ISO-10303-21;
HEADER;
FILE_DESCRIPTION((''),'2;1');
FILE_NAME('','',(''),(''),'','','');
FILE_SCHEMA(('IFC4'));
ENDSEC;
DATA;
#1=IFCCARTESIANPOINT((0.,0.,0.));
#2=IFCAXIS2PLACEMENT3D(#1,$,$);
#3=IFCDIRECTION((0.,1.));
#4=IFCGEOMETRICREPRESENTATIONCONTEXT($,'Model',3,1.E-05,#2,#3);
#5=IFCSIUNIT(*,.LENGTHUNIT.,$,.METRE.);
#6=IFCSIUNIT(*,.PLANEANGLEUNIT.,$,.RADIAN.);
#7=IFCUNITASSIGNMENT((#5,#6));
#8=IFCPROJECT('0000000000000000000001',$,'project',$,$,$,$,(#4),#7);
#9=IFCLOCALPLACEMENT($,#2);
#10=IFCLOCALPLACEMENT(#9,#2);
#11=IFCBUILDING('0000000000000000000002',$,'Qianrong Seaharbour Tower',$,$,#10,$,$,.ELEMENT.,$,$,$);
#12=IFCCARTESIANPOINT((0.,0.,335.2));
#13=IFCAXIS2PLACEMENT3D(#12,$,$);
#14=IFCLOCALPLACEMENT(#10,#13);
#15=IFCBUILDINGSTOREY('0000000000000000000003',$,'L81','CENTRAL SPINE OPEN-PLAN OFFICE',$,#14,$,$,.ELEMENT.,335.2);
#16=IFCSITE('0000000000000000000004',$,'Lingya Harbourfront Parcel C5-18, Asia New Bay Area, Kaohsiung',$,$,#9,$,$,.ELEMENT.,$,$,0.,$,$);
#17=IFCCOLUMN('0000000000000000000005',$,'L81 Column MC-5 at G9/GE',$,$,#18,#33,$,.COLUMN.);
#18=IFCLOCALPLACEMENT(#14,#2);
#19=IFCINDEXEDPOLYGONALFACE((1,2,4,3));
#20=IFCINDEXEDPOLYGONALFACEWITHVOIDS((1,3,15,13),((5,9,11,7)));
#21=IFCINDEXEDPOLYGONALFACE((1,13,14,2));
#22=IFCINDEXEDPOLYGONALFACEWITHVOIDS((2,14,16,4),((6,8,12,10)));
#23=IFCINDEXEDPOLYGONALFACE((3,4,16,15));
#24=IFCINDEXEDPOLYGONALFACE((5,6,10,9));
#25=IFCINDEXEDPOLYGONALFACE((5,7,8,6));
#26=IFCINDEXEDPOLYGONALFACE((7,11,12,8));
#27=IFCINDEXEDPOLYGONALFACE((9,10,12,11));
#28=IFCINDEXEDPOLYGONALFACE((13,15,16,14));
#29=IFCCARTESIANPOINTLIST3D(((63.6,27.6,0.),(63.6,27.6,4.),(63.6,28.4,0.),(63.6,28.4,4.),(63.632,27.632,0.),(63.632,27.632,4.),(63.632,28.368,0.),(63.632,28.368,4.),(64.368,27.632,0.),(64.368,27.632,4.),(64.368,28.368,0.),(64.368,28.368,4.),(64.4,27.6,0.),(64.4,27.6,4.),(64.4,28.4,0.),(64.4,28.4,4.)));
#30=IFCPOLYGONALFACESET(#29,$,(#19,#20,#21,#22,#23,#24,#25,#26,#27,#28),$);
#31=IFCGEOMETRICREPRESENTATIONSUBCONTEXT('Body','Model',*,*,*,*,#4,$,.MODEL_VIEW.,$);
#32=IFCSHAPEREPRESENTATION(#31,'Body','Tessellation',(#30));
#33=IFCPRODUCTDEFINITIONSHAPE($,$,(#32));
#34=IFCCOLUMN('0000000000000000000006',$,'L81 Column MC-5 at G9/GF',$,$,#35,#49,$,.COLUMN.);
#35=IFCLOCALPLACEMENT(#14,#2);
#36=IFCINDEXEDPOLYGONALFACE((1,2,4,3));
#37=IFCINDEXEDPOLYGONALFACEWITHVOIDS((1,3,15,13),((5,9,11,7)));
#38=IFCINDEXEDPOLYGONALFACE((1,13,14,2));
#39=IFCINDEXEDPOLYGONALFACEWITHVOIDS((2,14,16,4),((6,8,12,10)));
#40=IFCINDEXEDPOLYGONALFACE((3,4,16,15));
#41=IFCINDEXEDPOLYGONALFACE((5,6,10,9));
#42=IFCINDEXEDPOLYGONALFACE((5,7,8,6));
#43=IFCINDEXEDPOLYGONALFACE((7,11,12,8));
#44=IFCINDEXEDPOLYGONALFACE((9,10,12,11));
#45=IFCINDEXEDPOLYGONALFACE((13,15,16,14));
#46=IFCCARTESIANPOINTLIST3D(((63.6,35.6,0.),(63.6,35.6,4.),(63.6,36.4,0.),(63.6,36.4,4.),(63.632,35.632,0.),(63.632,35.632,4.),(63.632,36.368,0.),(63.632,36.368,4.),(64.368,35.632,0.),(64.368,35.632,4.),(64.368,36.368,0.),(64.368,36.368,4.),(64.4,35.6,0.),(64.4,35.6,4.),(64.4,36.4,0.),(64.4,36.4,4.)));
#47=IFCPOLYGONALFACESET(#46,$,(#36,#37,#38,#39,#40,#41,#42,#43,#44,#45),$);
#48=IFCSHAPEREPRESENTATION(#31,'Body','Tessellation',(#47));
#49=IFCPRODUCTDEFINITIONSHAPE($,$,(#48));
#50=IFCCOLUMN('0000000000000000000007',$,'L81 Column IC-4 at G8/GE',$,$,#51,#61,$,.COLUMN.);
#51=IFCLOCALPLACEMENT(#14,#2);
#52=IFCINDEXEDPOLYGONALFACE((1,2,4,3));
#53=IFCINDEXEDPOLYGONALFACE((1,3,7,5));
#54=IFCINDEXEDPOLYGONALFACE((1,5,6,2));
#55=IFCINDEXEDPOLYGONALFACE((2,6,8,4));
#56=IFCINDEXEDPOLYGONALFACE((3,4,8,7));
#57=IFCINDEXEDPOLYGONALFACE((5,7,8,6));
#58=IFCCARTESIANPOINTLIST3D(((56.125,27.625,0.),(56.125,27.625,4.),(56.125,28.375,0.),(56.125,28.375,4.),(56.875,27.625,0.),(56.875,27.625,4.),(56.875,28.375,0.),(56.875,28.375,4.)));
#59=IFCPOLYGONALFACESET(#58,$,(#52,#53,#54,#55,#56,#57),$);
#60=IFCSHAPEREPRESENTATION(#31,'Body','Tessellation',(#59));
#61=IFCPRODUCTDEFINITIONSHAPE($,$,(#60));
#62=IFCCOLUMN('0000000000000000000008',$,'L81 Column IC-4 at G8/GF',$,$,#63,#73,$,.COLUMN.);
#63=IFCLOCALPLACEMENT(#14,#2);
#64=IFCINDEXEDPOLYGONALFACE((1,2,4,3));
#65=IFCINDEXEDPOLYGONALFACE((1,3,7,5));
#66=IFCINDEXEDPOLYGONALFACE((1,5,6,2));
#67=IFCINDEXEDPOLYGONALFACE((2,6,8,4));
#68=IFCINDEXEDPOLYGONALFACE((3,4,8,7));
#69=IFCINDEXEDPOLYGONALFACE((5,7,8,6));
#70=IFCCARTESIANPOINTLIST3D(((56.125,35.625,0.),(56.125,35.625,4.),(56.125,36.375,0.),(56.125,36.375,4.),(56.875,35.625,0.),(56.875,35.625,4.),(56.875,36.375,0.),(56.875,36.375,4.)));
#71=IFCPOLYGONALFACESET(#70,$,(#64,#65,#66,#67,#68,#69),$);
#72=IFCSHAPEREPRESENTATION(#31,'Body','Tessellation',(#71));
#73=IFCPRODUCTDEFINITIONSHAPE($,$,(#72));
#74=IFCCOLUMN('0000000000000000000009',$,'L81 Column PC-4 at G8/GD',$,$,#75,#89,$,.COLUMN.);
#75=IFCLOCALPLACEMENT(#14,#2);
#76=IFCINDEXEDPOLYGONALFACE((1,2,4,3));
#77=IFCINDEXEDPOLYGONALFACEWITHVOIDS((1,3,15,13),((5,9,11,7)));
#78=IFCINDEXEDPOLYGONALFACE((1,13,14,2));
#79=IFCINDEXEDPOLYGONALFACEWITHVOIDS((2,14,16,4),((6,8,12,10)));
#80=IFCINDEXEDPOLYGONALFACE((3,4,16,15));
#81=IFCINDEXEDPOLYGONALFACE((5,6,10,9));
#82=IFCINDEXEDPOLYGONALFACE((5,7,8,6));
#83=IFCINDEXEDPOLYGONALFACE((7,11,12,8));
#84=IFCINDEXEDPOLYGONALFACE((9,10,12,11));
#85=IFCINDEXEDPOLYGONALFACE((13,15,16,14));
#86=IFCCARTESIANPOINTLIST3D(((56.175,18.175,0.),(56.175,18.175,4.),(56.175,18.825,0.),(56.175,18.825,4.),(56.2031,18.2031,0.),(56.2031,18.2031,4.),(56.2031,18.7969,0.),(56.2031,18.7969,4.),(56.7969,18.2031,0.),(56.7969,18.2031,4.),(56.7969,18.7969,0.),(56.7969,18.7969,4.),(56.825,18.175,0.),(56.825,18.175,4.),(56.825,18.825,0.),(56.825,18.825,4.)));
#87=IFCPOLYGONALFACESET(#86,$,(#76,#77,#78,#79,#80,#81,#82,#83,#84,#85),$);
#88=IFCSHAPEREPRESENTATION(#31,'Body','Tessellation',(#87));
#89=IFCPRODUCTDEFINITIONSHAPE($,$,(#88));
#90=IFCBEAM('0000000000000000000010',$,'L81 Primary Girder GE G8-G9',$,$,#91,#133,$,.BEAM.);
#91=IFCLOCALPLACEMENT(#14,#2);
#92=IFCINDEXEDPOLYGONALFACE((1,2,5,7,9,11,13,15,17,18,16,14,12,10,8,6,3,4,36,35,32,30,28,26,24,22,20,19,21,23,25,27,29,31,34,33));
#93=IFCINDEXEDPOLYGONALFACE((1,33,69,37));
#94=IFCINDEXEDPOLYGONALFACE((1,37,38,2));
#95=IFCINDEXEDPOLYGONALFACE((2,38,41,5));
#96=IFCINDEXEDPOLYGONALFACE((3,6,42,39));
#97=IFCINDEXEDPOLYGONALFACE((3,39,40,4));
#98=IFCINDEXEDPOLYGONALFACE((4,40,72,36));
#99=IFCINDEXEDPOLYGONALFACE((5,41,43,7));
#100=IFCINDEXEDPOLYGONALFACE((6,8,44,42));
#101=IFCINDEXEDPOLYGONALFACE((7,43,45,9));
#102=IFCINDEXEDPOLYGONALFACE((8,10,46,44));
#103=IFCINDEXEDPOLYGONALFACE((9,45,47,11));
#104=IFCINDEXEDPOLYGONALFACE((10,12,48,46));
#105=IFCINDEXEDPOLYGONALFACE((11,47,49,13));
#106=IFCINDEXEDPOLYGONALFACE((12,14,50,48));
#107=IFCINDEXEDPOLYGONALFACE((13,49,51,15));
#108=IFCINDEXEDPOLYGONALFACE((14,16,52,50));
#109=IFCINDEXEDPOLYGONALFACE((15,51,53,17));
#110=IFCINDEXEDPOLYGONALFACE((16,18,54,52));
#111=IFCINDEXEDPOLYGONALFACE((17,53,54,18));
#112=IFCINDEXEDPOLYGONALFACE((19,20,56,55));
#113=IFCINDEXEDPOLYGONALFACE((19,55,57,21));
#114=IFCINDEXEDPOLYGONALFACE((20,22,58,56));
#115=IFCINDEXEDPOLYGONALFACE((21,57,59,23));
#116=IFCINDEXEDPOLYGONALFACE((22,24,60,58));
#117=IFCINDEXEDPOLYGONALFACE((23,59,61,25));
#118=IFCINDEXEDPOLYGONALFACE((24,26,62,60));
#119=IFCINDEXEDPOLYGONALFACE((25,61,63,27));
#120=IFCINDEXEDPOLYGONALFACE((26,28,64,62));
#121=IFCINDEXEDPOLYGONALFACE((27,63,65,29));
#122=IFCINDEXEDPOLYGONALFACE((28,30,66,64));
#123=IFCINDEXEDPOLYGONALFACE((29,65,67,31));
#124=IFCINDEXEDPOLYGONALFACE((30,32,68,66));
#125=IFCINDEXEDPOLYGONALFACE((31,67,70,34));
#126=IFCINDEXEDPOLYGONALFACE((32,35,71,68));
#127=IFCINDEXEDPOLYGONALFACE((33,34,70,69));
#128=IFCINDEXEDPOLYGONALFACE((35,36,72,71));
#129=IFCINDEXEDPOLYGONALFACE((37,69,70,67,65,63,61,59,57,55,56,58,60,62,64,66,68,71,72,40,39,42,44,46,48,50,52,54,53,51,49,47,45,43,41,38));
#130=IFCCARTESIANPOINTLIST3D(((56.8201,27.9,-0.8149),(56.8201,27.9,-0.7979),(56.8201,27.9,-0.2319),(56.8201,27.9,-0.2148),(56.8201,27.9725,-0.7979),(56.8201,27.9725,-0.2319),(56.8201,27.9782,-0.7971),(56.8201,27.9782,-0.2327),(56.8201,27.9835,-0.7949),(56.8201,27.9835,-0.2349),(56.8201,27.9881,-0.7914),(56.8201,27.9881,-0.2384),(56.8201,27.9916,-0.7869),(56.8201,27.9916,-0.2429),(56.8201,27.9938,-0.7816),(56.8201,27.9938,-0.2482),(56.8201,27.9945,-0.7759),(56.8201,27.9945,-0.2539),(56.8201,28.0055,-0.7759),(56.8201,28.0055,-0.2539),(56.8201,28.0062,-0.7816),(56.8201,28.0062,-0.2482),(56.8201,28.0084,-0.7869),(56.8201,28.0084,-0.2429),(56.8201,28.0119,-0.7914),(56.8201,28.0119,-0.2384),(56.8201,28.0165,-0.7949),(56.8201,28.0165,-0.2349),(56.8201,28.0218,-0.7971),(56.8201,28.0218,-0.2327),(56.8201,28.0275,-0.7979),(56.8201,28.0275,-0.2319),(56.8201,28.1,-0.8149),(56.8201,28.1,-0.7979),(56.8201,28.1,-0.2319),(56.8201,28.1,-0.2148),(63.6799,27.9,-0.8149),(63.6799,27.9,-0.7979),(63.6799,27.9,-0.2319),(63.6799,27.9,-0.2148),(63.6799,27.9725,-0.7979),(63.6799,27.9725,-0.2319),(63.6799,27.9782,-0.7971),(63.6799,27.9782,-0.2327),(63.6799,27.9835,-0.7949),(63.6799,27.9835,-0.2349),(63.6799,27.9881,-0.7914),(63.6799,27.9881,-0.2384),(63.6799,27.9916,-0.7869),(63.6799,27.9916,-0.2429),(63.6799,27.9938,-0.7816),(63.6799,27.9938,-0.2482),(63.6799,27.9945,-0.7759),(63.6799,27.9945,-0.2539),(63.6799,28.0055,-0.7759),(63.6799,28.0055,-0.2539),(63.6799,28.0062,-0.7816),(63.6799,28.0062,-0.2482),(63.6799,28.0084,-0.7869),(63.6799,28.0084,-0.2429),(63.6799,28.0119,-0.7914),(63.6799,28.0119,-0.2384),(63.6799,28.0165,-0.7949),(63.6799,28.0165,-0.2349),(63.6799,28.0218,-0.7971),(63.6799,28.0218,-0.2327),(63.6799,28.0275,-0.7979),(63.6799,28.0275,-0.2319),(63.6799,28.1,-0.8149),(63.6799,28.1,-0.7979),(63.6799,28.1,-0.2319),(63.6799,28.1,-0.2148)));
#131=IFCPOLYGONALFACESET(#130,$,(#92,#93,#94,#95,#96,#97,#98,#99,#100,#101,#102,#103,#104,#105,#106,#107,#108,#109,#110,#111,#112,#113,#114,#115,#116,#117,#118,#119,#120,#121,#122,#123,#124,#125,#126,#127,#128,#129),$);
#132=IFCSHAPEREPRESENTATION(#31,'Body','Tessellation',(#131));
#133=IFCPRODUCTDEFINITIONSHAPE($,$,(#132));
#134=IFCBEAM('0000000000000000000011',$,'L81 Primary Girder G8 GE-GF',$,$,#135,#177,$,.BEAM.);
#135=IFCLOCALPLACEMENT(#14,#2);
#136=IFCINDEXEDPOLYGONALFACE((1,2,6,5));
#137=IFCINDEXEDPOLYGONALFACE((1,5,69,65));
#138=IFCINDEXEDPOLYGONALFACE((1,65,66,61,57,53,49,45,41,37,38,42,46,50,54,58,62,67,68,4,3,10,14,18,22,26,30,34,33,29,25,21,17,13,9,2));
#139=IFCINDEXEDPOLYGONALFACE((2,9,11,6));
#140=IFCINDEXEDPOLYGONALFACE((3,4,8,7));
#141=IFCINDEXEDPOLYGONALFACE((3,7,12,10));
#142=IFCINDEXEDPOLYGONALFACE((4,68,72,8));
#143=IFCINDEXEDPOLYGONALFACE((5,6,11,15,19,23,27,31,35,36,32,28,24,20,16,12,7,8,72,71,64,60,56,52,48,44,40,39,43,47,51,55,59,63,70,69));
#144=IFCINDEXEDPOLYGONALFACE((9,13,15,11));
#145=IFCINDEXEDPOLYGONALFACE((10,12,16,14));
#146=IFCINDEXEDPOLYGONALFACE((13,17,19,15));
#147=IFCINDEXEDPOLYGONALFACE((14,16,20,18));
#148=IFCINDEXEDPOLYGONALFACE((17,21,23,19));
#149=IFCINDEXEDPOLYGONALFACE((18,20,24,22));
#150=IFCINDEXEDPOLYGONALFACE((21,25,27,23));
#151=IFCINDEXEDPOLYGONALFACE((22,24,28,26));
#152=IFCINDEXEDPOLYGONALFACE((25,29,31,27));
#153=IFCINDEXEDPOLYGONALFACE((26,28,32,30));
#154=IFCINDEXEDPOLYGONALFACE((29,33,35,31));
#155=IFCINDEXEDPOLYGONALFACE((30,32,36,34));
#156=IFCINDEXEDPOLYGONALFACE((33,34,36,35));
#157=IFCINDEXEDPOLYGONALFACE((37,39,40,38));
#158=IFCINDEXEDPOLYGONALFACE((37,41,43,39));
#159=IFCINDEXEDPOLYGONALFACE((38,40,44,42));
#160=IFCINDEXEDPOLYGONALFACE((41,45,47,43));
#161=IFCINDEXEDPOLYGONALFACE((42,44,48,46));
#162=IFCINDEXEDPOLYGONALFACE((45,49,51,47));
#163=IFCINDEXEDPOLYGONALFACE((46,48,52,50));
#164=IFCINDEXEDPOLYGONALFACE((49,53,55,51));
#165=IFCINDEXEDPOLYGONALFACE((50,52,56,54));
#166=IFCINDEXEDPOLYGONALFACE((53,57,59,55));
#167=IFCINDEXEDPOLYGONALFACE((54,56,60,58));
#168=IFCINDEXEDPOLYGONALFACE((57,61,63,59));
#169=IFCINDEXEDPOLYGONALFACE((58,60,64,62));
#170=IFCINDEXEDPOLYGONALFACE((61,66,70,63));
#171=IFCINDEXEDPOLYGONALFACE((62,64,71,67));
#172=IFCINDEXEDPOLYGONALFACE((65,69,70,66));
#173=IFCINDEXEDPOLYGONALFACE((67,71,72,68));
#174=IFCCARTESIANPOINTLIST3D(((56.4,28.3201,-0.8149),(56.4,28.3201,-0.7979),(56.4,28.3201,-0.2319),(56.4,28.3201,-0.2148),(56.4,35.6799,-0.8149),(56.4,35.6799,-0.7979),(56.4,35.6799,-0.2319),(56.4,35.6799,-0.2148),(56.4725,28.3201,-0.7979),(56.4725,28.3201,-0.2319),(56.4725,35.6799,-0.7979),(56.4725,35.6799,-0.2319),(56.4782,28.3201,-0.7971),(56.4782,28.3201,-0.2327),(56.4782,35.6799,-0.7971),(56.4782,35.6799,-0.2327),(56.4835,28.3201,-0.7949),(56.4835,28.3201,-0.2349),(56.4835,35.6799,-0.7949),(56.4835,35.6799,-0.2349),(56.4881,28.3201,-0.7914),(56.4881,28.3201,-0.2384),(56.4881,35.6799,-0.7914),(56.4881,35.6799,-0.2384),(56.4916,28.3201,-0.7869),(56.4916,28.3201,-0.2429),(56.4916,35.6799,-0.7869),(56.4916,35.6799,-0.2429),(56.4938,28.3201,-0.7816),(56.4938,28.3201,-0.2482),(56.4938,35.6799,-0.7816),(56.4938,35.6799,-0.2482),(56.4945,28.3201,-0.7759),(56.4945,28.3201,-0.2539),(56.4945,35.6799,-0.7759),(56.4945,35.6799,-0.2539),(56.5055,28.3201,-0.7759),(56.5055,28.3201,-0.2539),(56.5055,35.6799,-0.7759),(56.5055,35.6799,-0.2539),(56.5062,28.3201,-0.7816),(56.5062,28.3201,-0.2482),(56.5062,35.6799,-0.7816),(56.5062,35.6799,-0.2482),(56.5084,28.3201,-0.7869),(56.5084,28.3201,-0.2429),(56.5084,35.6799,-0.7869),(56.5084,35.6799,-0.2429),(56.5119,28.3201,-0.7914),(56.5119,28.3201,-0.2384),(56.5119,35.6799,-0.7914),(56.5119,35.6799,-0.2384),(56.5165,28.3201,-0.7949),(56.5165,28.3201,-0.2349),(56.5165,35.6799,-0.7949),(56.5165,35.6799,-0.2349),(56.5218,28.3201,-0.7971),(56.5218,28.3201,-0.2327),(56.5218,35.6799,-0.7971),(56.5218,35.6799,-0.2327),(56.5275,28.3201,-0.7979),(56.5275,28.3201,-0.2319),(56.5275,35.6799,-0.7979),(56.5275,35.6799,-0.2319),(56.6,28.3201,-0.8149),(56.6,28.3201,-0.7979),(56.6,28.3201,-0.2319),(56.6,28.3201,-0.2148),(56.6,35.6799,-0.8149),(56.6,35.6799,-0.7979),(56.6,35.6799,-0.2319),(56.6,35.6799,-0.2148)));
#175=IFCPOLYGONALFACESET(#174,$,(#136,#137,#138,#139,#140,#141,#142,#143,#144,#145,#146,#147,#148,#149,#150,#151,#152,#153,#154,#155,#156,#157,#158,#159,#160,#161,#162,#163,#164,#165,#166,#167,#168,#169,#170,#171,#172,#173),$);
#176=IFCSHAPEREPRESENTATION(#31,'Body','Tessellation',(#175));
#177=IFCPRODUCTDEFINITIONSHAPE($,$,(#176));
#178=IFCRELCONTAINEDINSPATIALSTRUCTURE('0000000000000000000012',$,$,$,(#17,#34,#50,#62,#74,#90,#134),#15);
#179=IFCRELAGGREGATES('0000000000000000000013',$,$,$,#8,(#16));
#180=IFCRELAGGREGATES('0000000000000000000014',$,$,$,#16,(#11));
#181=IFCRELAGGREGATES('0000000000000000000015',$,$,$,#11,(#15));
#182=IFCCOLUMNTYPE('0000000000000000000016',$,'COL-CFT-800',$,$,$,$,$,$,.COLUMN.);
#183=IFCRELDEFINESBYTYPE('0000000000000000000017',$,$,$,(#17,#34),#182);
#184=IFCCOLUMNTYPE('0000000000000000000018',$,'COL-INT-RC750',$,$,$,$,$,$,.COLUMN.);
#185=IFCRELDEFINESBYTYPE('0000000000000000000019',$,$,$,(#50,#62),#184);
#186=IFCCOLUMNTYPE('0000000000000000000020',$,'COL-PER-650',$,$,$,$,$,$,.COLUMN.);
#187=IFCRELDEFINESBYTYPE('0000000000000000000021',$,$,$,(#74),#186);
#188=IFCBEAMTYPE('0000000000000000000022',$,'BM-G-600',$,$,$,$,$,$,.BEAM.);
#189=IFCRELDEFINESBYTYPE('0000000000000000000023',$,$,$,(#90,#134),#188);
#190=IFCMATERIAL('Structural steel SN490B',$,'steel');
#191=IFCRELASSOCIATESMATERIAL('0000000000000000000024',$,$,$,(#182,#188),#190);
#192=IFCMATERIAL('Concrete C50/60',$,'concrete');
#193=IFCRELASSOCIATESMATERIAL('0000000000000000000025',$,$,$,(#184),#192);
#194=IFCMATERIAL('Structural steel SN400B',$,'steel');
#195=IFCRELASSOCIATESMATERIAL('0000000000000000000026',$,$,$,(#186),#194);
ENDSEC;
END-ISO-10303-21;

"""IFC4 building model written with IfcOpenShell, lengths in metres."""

from ifc_helpers import new_model, si_unit, direction, frame, origin, origin_2d, place, context, subcontext, project, spatial, rectangle, hollow_rectangle, i_section, extrude, material, material_profile, profile_set, type_object, element, save


model = new_model("IFC4")

# Units and contexts
model_context = context("Model", 3, precision=1e-05, world=origin(), true_north=direction((0.0, 1.0)))
body_context = subcontext(model_context, "Body", "Model", "MODEL_VIEW")
ifc_project = project(units=[si_unit("LENGTHUNIT", "METRE"), si_unit("PLANEANGLEUNIT", "RADIAN")], contexts=[model_context])

# Site, building, storey
site_placement = place(None, origin())
site = spatial("IfcSite", under=ifc_project, at=site_placement, Name="Lingya Harbourfront Parcel C5-18, Asia New Bay Area, Kaohsiung", CompositionType="ELEMENT", RefElevation=0.0)
building_placement = place(site_placement, origin())
building = spatial("IfcBuilding", under=site, at=building_placement, Name="Qianrong Seaharbour Tower", CompositionType="ELEMENT")
storey_placement = place(building_placement, frame((0.0, 0.0, 335.2)))
storey = spatial("IfcBuildingStorey", under=building, at=storey_placement, Name="L81", Description="CENTRAL SPINE OPEN-PLAN OFFICE", CompositionType="ELEMENT", Elevation=335.2)

# Columns
ifc_material_1 = material(Name="Structural steel SN490B", Category="steel")
ifc_material_profile_1 = material_profile(ifc_material_1, hollow_rectangle(XDim=0.8, YDim=0.8, WallThickness=0.032, at=origin_2d()), Name="BOX800x800x32")
ifc_profile_set_1 = profile_set([ifc_material_profile_1], Name="Structural steel SN490B")
column_type_1 = type_object("IfcColumnType", Name="COL-CFT-800", PredefinedType="COLUMN", material=ifc_profile_set_1)
for number, where, z_axis, x_axis, name in (
    (1, (64.0, 28.0, 0.0), (0.0, 0.0, 1.0), (1.0, 0.0, 0.0), "L81 Column MC-5 at G9/GE"),
    (2, (64.0, 36.0, 0.0), (0.0, 0.0, 1.0), (1.0, 0.0, 0.0), "L81 Column MC-5 at G9/GF"),
):
    element("IfcColumn", number, at=place(storey_placement, frame(where, z_axis=z_axis, x_axis=x_axis)), inside=storey, type_object=column_type_1, Name=name, PredefinedType="COLUMN", context=body_context, shape_type="SweptSolid", body=[
        extrude(hollow_rectangle(XDim=0.8, YDim=0.8, WallThickness=0.032, at=origin_2d()), origin(), (0.0, 0.0, 1.0), 4.0),
    ])
ifc_material_2 = material(Name="Concrete C50/60", Category="concrete")
ifc_material_profile_2 = material_profile(ifc_material_2, rectangle(XDim=0.75, YDim=0.75, at=origin_2d()), Name="RC750x750")
ifc_profile_set_2 = profile_set([ifc_material_profile_2], Name="Concrete C50/60")
column_type_2 = type_object("IfcColumnType", Name="COL-INT-RC750", PredefinedType="COLUMN", material=ifc_profile_set_2)
for number, where, z_axis, x_axis, name in (
    (3, (56.5, 28.0, 0.0), (0.0, 0.0, 1.0), (1.0, 0.0, 0.0), "L81 Column IC-4 at G8/GE"),
    (4, (56.5, 36.0, 0.0), (0.0, 0.0, 1.0), (1.0, 0.0, 0.0), "L81 Column IC-4 at G8/GF"),
):
    element("IfcColumn", number, at=place(storey_placement, frame(where, z_axis=z_axis, x_axis=x_axis)), inside=storey, type_object=column_type_2, Name=name, PredefinedType="COLUMN", context=body_context, shape_type="SweptSolid", body=[
        extrude(rectangle(XDim=0.75, YDim=0.75, at=origin_2d()), origin(), (0.0, 0.0, 1.0), 4.0),
    ])
ifc_material_3 = material(Name="Structural steel SN400B", Category="steel")
ifc_material_profile_3 = material_profile(ifc_material_3, hollow_rectangle(XDim=0.6499, YDim=0.6499, WallThickness=0.0281, at=origin_2d()), Name="BOX650x650x28")
ifc_profile_set_3 = profile_set([ifc_material_profile_3], Name="Structural steel SN400B")
column_type_3 = type_object("IfcColumnType", Name="COL-PER-650", PredefinedType="COLUMN", material=ifc_profile_set_3)
column_placement = place(storey_placement, frame((56.5, 18.5, 0.0), z_axis=(0.0, 0.0, 1.0), x_axis=(1.0, 0.0, 0.0)))
element("IfcColumn", 5, at=column_placement, inside=storey, type_object=column_type_3, Name="L81 Column PC-4 at G8/GD", PredefinedType="COLUMN", context=body_context, shape_type="SweptSolid", body=[
    extrude(hollow_rectangle(XDim=0.6499, YDim=0.6499, WallThickness=0.0281, at=origin_2d()), origin(), (0.0, 0.0, 1.0), 4.0),
])

# Beams
ifc_material_profile_4 = material_profile(ifc_material_1, i_section(OverallWidth=0.2, OverallDepth=0.6001, WebThickness=0.011, FlangeThickness=0.0171, FilletRadius=0.022, at=origin_2d()), Name="H600x200x11x17")
ifc_profile_set_4 = profile_set([ifc_material_profile_4], Name="Structural steel SN490B")
beam_type_1 = type_object("IfcBeamType", Name="BM-G-600", PredefinedType="BEAM", material=ifc_profile_set_4)
beam_1_placement = place(storey_placement, frame((56.8201, 28.0, -0.5149), z_axis=(1.0, 0.0, 0.0), x_axis=(0.0, 1.0, 0.0)))
element("IfcBeam", 6, at=beam_1_placement, inside=storey, type_object=beam_type_1, Name="L81 Primary Girder GE G8-G9", PredefinedType="BEAM", context=body_context, shape_type="SweptSolid", body=[
    extrude(i_section(OverallWidth=0.2, OverallDepth=0.6001, WebThickness=0.011, FlangeThickness=0.0171, FilletRadius=0.022, at=origin_2d()), origin(), (0.0, 0.0, 1.0), 6.8599),
])
beam_2_placement = place(storey_placement, frame((56.5, 28.3201, -0.5149), z_axis=(0.0, 1.0, 0.0), x_axis=(-1.0, 0.0, 0.0)))
element("IfcBeam", 7, at=beam_2_placement, inside=storey, type_object=beam_type_1, Name="L81 Primary Girder G8 GE-GF", PredefinedType="BEAM", context=body_context, shape_type="SweptSolid", body=[
    extrude(i_section(OverallWidth=0.2, OverallDepth=0.6001, WebThickness=0.011, FlangeThickness=0.0171, FilletRadius=0.022, at=origin_2d()), origin(), (0.0, 0.0, 1.0), 7.3599),
])

save(model, "model.ifc")
